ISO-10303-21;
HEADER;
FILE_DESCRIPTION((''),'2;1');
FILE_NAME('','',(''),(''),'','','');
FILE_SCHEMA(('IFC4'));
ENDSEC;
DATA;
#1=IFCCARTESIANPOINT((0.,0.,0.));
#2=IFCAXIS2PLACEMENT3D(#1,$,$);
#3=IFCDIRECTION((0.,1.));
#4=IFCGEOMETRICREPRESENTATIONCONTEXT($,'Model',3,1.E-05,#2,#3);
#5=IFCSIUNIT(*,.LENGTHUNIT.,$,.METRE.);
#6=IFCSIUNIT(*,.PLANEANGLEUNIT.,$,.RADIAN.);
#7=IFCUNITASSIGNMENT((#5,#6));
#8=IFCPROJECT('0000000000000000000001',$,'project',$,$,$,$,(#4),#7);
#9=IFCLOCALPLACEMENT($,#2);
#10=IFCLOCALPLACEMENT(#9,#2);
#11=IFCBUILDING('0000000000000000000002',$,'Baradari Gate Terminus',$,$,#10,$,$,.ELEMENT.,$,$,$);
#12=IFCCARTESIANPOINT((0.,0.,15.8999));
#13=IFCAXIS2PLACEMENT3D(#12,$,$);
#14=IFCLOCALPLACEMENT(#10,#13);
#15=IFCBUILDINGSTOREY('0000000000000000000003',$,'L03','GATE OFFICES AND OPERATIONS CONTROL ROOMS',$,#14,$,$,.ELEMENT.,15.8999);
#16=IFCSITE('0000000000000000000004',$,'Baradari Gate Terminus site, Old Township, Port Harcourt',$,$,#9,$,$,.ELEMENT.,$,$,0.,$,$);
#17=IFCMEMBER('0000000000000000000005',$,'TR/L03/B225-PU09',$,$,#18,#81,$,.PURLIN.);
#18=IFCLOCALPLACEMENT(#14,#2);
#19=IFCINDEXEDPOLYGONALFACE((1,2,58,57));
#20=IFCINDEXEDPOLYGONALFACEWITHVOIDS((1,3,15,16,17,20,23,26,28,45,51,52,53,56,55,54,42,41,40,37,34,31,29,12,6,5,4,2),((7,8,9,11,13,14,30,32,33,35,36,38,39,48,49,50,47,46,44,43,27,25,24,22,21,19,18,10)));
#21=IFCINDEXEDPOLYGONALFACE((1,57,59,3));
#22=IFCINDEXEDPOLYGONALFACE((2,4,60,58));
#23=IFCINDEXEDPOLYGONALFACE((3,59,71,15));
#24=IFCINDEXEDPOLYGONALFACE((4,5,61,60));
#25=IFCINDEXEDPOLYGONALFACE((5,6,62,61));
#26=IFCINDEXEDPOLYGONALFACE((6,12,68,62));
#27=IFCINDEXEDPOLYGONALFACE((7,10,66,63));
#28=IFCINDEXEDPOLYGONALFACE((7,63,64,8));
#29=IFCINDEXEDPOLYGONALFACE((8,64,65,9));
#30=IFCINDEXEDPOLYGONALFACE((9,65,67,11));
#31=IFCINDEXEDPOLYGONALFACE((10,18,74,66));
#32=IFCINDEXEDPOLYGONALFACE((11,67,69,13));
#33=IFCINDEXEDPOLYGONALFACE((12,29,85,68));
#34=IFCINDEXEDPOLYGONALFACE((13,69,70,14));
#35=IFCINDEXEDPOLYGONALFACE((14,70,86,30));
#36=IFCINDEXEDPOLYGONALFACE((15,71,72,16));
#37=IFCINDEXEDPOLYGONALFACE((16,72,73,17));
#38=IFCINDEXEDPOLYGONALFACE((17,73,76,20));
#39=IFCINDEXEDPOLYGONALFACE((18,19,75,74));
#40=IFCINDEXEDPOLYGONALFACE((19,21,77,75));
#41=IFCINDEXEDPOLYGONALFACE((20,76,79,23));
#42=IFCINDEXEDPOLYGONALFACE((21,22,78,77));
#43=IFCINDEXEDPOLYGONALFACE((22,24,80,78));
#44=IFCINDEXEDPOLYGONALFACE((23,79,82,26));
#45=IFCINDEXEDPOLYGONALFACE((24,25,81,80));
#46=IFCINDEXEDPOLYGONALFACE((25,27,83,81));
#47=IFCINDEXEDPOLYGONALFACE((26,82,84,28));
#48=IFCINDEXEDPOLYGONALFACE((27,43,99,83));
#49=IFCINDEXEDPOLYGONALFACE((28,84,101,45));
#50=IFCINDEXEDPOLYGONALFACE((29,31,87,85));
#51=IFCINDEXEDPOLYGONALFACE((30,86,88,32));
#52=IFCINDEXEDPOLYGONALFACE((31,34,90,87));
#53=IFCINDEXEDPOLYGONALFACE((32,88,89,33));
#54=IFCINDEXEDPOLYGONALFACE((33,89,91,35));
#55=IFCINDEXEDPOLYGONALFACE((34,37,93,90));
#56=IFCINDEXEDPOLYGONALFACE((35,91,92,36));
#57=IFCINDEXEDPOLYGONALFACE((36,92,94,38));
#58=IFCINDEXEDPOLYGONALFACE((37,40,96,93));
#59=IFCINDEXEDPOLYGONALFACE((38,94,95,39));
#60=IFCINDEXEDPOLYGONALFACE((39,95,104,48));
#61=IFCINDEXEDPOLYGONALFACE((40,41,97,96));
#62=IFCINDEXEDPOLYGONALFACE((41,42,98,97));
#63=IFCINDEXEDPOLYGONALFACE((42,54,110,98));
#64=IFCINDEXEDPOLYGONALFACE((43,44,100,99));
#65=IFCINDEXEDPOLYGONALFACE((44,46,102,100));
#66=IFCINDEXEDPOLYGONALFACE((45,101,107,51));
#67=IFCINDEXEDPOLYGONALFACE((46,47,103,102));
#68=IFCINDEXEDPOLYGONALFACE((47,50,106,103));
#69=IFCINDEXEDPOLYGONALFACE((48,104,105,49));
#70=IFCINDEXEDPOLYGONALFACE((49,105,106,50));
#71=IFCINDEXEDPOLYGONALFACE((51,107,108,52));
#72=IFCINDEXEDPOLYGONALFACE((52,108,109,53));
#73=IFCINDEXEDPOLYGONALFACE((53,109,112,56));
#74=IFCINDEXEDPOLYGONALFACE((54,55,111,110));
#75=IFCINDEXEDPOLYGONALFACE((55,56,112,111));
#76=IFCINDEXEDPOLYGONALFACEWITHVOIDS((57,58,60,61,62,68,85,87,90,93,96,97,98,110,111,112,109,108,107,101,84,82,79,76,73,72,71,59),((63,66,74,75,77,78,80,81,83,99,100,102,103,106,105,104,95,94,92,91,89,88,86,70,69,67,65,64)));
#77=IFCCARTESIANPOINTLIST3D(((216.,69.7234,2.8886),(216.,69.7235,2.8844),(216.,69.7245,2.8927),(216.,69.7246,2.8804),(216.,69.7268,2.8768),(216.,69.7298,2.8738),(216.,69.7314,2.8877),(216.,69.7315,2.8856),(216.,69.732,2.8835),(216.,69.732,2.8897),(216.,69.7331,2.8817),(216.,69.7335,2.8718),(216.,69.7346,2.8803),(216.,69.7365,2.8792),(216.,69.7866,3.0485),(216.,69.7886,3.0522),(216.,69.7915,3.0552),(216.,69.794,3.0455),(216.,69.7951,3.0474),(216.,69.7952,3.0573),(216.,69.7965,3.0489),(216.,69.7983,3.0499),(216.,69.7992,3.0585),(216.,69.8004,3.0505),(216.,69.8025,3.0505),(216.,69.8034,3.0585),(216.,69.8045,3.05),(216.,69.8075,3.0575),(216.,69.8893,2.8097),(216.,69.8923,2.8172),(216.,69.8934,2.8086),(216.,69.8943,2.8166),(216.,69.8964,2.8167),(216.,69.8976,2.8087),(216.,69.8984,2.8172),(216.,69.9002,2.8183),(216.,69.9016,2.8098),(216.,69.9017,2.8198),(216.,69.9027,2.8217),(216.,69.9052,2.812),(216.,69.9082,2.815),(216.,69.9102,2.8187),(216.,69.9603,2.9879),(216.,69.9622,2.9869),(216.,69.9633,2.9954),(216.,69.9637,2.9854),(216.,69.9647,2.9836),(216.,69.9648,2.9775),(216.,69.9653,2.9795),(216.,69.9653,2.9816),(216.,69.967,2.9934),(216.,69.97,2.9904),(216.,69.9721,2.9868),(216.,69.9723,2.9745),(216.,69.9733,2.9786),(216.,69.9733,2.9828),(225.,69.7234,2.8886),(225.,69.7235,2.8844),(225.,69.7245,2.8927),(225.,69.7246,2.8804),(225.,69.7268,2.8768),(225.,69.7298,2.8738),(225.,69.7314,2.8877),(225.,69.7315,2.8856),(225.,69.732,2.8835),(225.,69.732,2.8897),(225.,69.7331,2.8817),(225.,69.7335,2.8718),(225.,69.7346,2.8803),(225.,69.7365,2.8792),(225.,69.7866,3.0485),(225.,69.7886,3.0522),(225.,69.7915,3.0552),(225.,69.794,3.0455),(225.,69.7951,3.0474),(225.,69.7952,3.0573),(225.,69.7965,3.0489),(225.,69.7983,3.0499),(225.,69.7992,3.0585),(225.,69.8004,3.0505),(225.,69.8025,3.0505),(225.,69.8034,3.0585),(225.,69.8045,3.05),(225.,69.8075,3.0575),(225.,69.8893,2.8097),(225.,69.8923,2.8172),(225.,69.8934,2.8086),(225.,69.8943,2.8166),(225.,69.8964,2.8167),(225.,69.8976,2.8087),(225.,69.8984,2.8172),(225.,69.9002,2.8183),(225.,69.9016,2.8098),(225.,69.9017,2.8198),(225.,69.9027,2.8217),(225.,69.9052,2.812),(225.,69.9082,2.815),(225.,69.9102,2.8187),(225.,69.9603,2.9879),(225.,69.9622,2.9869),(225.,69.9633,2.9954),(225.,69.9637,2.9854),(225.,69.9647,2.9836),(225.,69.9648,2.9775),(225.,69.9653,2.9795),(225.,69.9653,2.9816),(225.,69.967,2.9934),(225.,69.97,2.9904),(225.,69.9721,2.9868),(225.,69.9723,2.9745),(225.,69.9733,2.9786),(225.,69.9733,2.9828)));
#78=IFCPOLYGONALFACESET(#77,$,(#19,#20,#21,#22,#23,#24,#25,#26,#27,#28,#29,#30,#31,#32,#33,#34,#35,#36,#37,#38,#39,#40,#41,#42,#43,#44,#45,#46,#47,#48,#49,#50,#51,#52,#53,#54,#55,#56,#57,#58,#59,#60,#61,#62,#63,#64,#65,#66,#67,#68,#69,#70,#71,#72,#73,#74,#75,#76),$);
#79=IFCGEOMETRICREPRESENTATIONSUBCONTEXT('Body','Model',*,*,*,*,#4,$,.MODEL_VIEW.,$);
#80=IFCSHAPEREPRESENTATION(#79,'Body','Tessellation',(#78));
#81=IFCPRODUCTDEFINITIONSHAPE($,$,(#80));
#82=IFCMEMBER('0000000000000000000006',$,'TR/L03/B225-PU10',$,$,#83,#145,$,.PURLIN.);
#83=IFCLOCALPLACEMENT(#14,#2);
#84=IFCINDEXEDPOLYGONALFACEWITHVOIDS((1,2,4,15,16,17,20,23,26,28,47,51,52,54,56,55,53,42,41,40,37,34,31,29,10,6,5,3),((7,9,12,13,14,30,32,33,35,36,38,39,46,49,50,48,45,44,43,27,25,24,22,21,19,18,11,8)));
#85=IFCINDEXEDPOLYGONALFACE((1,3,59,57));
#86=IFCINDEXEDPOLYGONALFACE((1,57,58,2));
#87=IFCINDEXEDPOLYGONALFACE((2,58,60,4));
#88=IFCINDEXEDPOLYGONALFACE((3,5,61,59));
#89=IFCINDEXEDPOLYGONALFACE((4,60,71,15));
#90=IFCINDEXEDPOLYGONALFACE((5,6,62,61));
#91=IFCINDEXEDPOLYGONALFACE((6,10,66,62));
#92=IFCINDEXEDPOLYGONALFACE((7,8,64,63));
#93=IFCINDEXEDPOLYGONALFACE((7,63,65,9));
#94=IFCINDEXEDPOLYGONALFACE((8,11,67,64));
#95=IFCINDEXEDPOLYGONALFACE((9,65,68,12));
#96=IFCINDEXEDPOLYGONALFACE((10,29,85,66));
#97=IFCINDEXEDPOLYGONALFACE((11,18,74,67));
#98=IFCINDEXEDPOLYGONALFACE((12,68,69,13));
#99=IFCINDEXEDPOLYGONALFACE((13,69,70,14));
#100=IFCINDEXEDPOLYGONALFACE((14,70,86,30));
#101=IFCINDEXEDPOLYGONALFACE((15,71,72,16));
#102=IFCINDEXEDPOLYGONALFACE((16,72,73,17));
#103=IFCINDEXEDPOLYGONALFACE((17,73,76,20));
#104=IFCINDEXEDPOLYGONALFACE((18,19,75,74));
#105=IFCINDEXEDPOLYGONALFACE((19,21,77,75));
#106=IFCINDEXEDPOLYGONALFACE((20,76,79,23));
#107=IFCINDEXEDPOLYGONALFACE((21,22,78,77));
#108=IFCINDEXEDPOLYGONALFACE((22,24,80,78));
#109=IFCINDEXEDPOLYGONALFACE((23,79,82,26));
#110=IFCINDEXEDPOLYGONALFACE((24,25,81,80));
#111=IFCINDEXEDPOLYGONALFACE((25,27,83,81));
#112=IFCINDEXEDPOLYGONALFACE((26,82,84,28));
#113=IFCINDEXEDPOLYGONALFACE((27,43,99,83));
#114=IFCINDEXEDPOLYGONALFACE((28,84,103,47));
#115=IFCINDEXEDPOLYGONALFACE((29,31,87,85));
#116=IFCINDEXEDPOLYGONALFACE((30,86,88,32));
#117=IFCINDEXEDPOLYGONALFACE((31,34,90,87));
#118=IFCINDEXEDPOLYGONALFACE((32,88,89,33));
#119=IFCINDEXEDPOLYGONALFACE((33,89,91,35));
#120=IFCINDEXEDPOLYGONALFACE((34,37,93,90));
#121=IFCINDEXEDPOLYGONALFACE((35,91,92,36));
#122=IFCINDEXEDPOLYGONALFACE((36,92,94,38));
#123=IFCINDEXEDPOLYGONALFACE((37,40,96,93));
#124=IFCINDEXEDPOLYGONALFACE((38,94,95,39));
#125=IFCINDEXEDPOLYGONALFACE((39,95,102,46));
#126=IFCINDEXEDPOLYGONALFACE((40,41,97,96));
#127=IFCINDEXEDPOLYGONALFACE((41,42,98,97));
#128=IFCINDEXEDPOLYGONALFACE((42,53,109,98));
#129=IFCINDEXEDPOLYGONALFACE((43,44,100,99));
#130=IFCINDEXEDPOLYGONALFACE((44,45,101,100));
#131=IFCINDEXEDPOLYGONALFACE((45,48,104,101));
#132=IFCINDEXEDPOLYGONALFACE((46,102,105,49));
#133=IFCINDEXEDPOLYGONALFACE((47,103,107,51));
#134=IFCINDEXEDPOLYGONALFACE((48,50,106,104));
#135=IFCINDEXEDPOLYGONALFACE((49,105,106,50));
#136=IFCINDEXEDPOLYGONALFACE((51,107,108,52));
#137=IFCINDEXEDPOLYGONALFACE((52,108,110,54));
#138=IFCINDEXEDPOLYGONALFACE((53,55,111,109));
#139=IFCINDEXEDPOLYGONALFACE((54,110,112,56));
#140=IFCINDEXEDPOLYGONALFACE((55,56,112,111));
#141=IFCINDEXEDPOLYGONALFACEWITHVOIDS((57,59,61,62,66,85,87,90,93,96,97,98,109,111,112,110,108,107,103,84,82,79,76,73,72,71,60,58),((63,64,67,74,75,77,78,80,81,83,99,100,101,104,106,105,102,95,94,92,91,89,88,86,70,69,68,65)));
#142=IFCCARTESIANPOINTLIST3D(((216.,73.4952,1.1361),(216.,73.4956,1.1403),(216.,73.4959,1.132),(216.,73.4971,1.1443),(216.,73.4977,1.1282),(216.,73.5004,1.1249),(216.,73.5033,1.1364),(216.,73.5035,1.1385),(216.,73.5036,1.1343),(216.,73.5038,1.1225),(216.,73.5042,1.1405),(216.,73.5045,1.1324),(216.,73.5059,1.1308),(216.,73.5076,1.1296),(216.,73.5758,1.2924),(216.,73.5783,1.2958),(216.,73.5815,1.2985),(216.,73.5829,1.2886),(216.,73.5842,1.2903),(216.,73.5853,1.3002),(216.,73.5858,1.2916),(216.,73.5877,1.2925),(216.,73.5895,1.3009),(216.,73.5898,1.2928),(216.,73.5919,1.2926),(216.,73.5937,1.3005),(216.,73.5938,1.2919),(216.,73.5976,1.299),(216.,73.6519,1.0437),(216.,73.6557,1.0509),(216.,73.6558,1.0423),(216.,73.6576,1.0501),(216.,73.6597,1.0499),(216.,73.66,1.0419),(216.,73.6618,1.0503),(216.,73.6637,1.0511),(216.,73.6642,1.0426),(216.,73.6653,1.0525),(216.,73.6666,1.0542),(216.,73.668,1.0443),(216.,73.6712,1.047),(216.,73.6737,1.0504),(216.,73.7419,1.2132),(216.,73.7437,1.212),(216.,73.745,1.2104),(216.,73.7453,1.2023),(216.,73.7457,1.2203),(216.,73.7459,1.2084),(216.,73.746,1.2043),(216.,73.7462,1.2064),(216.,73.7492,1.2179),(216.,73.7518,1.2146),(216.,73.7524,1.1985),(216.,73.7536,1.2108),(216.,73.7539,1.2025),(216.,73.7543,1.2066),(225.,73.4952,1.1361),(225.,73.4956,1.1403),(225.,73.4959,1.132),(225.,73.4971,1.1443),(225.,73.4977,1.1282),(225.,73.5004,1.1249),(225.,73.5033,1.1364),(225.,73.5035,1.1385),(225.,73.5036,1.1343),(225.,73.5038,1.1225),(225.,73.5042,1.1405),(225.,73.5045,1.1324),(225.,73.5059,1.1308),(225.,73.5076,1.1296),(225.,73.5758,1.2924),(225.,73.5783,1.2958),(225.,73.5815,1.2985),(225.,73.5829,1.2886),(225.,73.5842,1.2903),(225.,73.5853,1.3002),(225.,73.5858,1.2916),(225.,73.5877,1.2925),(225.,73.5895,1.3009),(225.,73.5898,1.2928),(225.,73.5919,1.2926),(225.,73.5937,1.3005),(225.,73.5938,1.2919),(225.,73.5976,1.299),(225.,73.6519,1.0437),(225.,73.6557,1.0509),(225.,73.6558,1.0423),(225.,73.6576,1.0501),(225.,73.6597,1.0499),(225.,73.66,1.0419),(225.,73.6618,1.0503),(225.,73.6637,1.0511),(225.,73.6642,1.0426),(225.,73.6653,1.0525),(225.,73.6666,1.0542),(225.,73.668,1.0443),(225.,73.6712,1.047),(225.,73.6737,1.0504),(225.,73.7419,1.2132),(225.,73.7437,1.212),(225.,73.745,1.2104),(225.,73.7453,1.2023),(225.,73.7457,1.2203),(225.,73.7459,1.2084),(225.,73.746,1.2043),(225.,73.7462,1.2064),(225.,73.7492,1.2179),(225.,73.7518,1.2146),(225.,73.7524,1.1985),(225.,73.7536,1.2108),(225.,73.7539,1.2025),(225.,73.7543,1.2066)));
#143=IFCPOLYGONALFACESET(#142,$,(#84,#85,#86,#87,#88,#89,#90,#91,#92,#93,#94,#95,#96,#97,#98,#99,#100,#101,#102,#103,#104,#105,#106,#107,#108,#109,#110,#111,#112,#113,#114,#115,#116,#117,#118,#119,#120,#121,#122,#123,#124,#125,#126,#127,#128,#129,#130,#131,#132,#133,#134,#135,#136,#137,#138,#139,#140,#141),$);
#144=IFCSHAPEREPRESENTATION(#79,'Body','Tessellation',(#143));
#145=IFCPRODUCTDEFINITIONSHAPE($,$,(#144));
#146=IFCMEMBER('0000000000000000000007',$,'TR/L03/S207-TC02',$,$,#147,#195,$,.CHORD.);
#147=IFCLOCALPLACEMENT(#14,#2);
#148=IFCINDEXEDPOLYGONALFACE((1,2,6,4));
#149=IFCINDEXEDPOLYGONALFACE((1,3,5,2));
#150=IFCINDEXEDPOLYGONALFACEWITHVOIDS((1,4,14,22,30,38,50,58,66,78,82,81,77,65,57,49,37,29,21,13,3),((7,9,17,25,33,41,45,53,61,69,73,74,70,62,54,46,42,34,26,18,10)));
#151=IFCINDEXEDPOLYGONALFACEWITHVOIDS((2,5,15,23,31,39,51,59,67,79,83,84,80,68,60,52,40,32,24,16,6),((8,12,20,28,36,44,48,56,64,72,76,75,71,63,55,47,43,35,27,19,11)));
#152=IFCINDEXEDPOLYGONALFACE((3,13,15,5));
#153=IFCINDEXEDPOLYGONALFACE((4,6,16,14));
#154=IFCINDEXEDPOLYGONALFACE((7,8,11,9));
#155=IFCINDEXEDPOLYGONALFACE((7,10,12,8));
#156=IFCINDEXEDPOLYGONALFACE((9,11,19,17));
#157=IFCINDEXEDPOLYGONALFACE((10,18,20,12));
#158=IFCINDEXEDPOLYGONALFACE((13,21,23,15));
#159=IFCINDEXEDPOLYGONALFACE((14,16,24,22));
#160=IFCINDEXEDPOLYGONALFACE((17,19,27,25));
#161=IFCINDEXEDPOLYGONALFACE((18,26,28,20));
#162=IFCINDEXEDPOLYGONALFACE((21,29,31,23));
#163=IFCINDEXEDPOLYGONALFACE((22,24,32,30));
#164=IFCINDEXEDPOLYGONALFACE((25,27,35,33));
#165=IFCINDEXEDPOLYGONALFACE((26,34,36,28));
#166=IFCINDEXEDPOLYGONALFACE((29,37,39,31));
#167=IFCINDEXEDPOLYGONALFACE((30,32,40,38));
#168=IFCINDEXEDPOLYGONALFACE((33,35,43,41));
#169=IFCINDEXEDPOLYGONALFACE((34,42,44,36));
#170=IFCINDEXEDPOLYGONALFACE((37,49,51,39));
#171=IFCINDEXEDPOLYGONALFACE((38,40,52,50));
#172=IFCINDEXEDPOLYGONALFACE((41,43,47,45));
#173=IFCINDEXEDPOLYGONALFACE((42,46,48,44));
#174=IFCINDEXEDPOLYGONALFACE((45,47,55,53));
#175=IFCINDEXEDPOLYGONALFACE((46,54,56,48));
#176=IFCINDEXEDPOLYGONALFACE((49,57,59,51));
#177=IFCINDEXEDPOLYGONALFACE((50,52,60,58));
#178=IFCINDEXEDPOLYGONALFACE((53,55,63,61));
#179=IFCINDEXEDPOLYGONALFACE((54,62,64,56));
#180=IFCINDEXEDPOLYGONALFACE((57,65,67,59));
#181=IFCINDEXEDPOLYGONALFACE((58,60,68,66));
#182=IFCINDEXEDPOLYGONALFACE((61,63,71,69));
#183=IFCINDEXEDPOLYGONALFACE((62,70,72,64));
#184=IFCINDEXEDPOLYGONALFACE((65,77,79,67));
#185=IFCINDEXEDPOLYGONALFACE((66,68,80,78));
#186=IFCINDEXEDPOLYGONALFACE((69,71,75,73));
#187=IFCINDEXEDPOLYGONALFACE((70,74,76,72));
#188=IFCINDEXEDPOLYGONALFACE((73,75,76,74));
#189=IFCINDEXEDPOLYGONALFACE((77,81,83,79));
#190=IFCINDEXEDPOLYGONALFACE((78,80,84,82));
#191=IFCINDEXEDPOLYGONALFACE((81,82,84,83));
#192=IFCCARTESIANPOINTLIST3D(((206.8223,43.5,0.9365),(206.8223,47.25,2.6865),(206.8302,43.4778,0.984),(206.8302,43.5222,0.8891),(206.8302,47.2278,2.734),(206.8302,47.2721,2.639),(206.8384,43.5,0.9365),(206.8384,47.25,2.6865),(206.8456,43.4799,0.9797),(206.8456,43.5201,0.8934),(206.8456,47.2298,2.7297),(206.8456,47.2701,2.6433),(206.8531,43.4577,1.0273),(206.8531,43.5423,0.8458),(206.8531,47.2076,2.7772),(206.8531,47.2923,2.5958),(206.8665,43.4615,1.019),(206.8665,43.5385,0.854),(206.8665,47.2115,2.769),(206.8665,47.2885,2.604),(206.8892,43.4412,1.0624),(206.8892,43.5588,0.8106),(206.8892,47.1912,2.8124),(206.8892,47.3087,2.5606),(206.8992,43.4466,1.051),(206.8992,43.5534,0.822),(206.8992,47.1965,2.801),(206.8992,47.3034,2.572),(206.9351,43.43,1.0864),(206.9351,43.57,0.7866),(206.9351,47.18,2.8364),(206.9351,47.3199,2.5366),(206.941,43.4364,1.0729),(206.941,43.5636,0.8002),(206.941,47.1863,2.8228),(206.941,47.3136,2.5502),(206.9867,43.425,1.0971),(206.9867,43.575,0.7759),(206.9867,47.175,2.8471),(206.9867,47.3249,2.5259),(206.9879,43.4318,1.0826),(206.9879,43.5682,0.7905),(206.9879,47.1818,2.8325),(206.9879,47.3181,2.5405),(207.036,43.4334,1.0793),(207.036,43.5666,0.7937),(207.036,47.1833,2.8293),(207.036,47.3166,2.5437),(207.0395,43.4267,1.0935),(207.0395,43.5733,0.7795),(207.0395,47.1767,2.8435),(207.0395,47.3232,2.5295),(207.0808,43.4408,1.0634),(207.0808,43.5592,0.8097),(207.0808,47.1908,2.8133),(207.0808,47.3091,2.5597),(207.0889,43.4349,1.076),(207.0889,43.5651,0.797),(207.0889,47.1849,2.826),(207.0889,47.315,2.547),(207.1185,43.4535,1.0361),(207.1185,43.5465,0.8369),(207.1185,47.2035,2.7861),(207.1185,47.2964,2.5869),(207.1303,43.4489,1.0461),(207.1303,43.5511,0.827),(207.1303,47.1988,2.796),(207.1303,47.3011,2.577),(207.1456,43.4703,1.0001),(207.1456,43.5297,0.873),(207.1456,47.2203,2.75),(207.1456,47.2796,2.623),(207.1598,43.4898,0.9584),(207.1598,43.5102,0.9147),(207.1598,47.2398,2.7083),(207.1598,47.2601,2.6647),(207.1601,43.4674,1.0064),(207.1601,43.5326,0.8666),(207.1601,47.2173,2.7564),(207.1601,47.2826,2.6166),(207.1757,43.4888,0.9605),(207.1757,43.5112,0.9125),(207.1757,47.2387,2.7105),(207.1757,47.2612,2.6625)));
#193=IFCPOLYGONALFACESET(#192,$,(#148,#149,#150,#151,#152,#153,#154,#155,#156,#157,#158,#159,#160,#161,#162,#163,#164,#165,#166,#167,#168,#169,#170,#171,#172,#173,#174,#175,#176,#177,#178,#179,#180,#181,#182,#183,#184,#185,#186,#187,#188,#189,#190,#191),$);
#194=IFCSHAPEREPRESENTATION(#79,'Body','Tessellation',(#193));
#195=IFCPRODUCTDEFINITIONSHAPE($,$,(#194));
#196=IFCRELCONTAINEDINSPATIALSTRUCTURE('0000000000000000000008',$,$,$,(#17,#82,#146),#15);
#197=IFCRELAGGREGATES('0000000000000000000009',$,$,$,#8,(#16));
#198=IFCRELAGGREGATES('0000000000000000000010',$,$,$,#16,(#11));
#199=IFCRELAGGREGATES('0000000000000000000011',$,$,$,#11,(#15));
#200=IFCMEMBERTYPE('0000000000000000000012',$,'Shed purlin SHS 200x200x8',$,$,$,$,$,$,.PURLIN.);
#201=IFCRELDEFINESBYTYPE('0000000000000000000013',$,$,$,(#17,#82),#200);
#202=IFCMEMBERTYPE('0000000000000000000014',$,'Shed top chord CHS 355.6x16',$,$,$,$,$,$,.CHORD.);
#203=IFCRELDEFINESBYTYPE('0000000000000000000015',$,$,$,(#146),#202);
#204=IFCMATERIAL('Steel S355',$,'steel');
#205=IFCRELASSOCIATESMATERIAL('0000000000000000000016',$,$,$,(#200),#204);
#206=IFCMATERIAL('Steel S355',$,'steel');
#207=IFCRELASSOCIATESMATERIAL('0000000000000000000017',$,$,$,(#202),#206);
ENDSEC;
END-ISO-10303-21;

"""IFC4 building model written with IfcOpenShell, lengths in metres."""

from ifc_helpers import new_model, si_unit, direction, frame, origin, origin_2d, place, context, subcontext, project, spatial, hollow_rectangle, hollow_circle, extrude, material, material_profile, profile_set, type_object, element, save


model = new_model("IFC4")

# Units and contexts
model_context = context("Model", 3, precision=1e-05, world=origin(), true_north=direction((0.0, 1.0)))
body_context = subcontext(model_context, "Body", "Model", "MODEL_VIEW")
ifc_project = project(units=[si_unit("LENGTHUNIT", "METRE"), si_unit("PLANEANGLEUNIT", "RADIAN")], contexts=[model_context])

# Site, building, storey
site_placement = place(None, origin())
site = spatial("IfcSite", under=ifc_project, at=site_placement, Name="Baradari Gate Terminus site, Old Township, Port Harcourt", CompositionType="ELEMENT", RefElevation=0.0)
building_placement = place(site_placement, origin())
building = spatial("IfcBuilding", under=site, at=building_placement, Name="Baradari Gate Terminus", CompositionType="ELEMENT")
storey_placement = place(building_placement, frame((0.0, 0.0, 15.8999)))
storey = spatial("IfcBuildingStorey", under=building, at=storey_placement, Name="L03", Description="GATE OFFICES AND OPERATIONS CONTROL ROOMS", CompositionType="ELEMENT", Elevation=15.8999)

# Members
ifc_material_1 = material(Name="Steel S355", Category="steel")
ifc_material_profile_1 = material_profile(ifc_material_1, hollow_rectangle(XDim=0.2, YDim=0.2, WallThickness=0.0081, InnerFilletRadius=0.0081, OuterFilletRadius=0.0161, at=origin_2d()), Name="SHS 200x200x8")
ifc_profile_set_1 = profile_set([ifc_material_profile_1], Name="Steel S355")
member_type_1 = type_object("IfcMemberType", Name="Shed purlin SHS 200x200x8", PredefinedType="PURLIN", material=ifc_profile_set_1)
for number, where, z_axis, x_axis, name in (
    (1, (216.0, 69.8484, 2.9336), (1.0, 0.0, 0.0), (0.0, 0.928965, -0.370167), "TR/L03/B225-PU09"),
    (2, (216.0, 73.6248, 1.1714), (1.0, 0.0, 0.0), (0.0, 0.883027, -0.469322), "TR/L03/B225-PU10"),
):
    element("IfcMember", number, at=place(storey_placement, frame(where, z_axis=z_axis, x_axis=x_axis)), inside=storey, type_object=member_type_1, Name=name, PredefinedType="PURLIN", context=body_context, shape_type="SweptSolid", body=[
        extrude(hollow_rectangle(XDim=0.2, YDim=0.2, WallThickness=0.0081, InnerFilletRadius=0.0081, OuterFilletRadius=0.0161, at=origin_2d()), origin(), (0.0, 0.0, 1.0), 9.0),
    ])
ifc_material_2 = material(Name="Steel S355", Category="steel")
ifc_material_profile_2 = material_profile(ifc_material_2, hollow_circle(Radius=0.1777, WallThickness=0.0161, at=origin_2d()), Name="CHS 355.6x16")
ifc_profile_set_2 = profile_set([ifc_material_profile_2], Name="Steel S355")
member_type_2 = type_object("IfcMemberType", Name="Shed top chord CHS 355.6x16", PredefinedType="CHORD", material=ifc_profile_set_2)
member_1_placement = place(storey_placement, frame((207.0, 43.5, 0.9365), z_axis=(0.0, 0.906183, 0.422885), x_axis=(-1.0, 0.0, 0.0)))
element("IfcMember", 3, at=member_1_placement, inside=storey, type_object=member_type_2, Name="TR/L03/S207-TC02", PredefinedType="CHORD", context=body_context, shape_type="SweptSolid", body=[
    extrude(hollow_circle(Radius=0.1777, WallThickness=0.0161, at=origin_2d()), origin(), (0.0, 0.0, 1.0), 4.1382),
])

save(model, "model.ifc")
